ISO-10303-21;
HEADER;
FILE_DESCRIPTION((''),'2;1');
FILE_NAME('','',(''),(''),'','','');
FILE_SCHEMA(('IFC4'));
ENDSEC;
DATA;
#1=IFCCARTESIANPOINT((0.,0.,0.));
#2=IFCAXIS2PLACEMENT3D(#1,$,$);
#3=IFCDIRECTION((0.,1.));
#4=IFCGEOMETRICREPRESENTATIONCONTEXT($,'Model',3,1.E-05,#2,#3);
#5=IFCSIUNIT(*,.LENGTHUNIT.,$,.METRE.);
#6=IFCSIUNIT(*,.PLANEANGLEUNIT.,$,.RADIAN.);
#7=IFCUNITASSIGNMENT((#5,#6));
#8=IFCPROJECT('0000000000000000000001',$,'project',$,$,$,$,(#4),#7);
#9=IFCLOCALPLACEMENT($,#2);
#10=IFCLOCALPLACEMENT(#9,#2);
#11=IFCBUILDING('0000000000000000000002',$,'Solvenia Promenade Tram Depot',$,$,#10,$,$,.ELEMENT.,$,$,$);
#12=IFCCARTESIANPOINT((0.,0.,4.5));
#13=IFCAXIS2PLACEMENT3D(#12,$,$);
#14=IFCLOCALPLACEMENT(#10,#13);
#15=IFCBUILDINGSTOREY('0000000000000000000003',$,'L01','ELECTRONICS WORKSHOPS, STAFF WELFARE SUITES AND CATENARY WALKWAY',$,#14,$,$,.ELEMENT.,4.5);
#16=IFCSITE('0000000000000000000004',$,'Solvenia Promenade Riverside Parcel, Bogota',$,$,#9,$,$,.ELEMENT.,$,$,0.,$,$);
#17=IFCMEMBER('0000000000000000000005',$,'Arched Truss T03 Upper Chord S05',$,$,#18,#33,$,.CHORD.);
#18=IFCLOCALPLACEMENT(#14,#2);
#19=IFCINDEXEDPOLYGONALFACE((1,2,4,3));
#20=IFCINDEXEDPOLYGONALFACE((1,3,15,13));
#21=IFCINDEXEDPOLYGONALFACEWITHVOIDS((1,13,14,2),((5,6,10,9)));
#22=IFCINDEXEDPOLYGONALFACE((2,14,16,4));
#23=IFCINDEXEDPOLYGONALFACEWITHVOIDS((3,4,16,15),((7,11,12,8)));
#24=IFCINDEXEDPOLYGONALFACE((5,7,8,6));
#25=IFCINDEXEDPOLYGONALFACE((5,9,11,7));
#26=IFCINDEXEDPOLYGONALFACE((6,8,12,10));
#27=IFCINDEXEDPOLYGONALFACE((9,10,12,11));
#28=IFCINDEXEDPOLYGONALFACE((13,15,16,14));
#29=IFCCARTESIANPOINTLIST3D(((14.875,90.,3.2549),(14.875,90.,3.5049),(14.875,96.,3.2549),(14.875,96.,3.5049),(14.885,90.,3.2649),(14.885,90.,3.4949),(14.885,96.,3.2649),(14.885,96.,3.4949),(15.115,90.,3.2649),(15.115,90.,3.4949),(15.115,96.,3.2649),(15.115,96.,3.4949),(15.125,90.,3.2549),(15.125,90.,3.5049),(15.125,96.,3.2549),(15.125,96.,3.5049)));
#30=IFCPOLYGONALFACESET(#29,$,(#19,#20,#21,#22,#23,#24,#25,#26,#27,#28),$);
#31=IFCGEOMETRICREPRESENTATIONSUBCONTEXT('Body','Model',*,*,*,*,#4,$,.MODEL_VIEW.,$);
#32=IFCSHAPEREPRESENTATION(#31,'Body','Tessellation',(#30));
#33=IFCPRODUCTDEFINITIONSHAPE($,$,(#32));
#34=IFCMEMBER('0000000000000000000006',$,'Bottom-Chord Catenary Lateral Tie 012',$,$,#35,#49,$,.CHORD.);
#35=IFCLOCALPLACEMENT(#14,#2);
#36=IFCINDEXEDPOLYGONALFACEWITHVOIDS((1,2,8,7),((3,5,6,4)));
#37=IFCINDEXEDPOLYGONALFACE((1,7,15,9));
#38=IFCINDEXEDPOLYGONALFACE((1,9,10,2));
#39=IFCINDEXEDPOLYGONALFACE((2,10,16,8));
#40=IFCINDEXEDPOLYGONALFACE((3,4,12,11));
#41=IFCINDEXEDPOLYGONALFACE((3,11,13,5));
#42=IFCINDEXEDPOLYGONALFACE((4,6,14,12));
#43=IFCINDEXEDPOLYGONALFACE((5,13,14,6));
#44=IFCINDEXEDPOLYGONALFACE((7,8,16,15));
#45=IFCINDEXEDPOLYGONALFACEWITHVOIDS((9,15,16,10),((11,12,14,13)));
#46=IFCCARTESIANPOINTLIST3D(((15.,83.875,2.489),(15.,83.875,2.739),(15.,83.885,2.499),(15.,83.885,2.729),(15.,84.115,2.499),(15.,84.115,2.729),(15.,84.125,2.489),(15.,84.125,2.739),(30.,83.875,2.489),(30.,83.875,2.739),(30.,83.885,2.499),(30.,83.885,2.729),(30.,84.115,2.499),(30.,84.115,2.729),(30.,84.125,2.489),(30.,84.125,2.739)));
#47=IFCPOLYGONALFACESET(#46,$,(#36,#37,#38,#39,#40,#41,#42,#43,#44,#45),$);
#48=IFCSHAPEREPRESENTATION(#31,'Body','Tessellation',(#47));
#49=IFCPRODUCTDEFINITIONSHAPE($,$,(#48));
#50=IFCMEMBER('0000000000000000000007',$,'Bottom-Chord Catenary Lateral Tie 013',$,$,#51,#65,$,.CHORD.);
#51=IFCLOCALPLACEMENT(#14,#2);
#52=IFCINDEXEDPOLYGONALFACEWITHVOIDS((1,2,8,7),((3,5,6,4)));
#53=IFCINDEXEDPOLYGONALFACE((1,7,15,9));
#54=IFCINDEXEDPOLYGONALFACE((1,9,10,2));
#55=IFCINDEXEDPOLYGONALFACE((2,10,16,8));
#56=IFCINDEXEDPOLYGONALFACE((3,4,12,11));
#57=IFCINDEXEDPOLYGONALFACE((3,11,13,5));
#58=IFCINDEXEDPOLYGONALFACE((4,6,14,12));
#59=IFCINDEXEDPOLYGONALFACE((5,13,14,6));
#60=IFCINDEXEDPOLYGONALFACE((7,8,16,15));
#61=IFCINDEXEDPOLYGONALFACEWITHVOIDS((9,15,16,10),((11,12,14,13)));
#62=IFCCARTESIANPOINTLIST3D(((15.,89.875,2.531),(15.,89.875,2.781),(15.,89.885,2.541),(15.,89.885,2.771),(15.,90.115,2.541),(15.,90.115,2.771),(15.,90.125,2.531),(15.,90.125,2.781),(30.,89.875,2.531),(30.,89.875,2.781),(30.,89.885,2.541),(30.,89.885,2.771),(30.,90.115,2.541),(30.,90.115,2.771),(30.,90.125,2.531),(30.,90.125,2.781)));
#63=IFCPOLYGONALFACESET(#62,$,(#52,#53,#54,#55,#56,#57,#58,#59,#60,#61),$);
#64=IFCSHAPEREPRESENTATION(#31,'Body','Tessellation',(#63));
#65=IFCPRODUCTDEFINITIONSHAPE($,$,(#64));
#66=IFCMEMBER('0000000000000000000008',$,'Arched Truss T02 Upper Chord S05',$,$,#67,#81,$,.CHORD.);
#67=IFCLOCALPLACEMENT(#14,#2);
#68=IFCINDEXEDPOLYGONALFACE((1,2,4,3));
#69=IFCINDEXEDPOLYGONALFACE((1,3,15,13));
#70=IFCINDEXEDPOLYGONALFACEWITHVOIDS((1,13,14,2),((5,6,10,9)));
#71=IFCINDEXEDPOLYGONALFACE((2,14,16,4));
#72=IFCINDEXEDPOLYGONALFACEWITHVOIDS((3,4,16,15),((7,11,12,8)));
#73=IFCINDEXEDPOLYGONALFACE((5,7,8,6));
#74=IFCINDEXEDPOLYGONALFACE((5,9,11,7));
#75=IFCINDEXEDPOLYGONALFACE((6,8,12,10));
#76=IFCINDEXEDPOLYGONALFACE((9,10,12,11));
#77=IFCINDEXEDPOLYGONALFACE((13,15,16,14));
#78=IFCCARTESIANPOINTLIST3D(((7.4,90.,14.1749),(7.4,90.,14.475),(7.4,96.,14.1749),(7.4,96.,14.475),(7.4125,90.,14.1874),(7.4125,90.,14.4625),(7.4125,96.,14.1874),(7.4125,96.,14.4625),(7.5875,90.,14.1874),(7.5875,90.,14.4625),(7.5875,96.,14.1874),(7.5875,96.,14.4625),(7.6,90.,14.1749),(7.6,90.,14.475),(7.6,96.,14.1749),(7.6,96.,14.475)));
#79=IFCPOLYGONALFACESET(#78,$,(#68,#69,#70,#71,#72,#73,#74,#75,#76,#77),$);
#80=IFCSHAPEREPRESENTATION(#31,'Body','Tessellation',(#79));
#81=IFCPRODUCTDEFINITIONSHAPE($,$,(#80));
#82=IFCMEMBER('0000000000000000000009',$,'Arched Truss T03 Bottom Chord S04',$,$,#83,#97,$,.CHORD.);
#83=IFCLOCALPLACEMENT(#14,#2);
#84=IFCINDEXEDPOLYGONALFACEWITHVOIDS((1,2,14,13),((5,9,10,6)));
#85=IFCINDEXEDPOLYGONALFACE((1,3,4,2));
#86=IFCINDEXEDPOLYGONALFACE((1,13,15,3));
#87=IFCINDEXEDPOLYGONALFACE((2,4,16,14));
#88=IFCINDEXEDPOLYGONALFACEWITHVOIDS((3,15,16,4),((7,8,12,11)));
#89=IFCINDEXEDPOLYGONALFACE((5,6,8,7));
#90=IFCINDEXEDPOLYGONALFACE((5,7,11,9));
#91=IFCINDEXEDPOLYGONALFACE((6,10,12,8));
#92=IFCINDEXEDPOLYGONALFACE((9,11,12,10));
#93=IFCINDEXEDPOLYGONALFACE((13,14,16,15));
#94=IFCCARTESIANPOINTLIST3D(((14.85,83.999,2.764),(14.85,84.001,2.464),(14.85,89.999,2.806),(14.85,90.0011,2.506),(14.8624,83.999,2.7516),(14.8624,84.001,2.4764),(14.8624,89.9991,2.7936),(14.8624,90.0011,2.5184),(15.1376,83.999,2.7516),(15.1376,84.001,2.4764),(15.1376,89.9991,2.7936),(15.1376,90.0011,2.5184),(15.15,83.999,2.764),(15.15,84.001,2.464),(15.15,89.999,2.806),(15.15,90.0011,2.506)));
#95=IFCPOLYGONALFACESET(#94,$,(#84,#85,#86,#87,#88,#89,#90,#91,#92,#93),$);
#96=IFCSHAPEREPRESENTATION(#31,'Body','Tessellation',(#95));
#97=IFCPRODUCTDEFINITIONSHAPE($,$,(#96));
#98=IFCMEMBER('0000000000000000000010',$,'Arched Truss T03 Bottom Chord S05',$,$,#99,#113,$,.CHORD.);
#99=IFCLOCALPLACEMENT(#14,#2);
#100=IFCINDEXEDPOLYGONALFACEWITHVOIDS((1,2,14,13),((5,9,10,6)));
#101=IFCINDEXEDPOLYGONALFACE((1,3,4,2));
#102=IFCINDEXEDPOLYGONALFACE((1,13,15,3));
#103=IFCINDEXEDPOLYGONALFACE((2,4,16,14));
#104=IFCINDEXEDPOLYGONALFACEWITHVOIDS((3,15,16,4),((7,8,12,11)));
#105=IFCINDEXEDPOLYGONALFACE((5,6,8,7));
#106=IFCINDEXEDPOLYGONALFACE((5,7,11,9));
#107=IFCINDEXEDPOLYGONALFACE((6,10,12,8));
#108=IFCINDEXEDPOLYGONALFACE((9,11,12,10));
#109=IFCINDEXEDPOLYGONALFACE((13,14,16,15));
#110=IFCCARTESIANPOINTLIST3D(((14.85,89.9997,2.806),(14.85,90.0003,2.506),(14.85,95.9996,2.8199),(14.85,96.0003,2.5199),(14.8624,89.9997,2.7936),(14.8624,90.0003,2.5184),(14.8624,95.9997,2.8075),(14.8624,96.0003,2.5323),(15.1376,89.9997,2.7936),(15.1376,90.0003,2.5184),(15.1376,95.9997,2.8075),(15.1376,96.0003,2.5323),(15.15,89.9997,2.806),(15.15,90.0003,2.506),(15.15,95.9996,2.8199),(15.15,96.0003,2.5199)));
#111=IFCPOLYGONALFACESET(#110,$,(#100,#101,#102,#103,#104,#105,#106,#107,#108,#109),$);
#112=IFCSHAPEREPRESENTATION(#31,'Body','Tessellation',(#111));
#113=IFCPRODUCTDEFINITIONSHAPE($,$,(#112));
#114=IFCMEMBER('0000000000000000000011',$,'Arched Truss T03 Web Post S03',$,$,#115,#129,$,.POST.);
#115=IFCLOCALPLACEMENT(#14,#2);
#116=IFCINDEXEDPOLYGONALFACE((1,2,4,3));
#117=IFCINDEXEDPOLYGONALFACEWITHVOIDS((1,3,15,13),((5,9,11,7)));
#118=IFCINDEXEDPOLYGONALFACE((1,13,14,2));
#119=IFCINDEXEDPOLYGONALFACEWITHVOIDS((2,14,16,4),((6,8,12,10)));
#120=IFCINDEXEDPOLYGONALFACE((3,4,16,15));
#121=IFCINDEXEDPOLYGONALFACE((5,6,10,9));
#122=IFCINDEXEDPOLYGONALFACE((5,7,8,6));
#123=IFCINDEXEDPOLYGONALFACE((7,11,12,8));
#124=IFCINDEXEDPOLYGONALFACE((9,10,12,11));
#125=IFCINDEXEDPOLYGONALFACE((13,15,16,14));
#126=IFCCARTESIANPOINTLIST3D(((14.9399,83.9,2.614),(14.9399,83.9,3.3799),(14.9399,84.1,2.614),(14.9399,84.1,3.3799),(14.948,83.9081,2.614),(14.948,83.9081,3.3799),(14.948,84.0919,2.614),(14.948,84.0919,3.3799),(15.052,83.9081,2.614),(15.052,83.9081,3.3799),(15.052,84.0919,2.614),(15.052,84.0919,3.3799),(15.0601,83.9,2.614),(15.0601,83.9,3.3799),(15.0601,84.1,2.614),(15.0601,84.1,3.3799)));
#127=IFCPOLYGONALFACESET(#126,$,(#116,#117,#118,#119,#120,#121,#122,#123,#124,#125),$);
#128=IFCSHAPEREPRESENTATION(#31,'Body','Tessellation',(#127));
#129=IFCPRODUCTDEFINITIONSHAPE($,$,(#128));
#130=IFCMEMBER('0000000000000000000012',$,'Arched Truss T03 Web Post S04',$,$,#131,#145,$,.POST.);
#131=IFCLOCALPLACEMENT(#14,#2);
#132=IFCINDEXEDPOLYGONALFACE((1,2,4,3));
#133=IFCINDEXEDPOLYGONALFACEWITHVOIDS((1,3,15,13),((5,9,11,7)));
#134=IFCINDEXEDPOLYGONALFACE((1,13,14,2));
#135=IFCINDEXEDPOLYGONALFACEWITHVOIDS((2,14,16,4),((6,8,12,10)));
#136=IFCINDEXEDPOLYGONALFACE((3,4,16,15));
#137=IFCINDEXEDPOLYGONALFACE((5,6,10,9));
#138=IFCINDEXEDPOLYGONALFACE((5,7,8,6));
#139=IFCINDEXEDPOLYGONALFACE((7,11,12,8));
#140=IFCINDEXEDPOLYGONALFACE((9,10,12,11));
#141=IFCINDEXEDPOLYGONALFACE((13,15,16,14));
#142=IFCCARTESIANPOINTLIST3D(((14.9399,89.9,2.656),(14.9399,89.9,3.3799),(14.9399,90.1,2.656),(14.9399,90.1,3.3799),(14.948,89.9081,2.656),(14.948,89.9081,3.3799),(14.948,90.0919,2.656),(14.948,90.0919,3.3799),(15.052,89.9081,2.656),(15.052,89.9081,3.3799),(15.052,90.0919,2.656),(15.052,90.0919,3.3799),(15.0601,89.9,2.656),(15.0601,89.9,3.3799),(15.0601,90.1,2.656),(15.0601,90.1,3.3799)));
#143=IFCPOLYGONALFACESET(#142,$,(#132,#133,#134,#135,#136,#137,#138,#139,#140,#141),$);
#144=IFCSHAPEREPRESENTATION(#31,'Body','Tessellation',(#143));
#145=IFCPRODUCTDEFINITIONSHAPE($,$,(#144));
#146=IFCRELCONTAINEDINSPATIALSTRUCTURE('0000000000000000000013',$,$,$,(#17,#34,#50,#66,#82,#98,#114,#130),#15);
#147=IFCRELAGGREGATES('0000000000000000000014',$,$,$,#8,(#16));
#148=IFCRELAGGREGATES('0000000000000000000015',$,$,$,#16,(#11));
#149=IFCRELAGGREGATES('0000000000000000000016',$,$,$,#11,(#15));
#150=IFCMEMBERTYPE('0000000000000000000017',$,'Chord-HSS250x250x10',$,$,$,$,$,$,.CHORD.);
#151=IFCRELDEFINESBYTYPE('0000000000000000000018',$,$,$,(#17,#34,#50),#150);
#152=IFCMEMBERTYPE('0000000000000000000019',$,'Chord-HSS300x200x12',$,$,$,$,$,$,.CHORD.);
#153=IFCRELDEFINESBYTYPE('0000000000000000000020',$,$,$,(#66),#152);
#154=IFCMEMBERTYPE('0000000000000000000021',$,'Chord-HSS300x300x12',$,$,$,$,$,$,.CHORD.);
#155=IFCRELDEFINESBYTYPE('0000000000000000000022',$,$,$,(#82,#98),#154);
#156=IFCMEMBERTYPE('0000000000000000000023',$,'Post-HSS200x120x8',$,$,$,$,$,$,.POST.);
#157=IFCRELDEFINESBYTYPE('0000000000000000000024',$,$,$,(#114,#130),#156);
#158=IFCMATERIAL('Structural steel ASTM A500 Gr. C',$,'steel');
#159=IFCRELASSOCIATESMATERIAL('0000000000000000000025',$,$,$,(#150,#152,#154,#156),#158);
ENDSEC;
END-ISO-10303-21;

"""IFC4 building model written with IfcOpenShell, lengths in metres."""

from ifc_helpers import new_model, si_unit, direction, frame, origin, origin_2d, place, context, subcontext, project, spatial, hollow_rectangle, extrude, material, material_profile, profile_set, type_object, element, save


model = new_model("IFC4")

# Units and contexts
model_context = context("Model", 3, precision=1e-05, world=origin(), true_north=direction((0.0, 1.0)))
body_context = subcontext(model_context, "Body", "Model", "MODEL_VIEW")
ifc_project = project(units=[si_unit("LENGTHUNIT", "METRE"), si_unit("PLANEANGLEUNIT", "RADIAN")], contexts=[model_context])

# Site, building, storey
site_placement = place(None, origin())
site = spatial("IfcSite", under=ifc_project, at=site_placement, Name="Solvenia Promenade Riverside Parcel, Bogota", CompositionType="ELEMENT", RefElevation=0.0)
building_placement = place(site_placement, origin())
building = spatial("IfcBuilding", under=site, at=building_placement, Name="Solvenia Promenade Tram Depot", CompositionType="ELEMENT")
storey_placement = place(building_placement, frame((0.0, 0.0, 4.5)))
storey = spatial("IfcBuildingStorey", under=building, at=storey_placement, Name="L01", Description="ELECTRONICS WORKSHOPS, STAFF WELFARE SUITES AND CATENARY WALKWAY", CompositionType="ELEMENT", Elevation=4.5)

# Members
ifc_material_1 = material(Name="Structural steel ASTM A500 Gr. C", Category="steel")
ifc_material_profile_1 = material_profile(ifc_material_1, hollow_rectangle(XDim=0.25, YDim=0.25, WallThickness=0.01, at=origin_2d()), Name="HSS250x250x10", Category="steel")
ifc_profile_set_1 = profile_set([ifc_material_profile_1], Name="Structural steel ASTM A500 Gr. C")
member_type_1 = type_object("IfcMemberType", Name="Chord-HSS250x250x10", PredefinedType="CHORD", material=ifc_profile_set_1)
for number, where, z_axis, x_axis, name in (
    (1, (15.0, 90.0, 3.3799), (0.0, 1.0, 0.0), (-1.0, 0.0, 0.0), "Arched Truss T03 Upper Chord S05"),
):
    element("IfcMember", number, at=place(storey_placement, frame(where, z_axis=z_axis, x_axis=x_axis)), inside=storey, type_object=member_type_1, Name=name, PredefinedType="CHORD", context=body_context, shape_type="SweptSolid", body=[
        extrude(hollow_rectangle(XDim=0.25, YDim=0.25, WallThickness=0.01, at=origin_2d()), origin(), (0.0, 0.0, 1.0), 6.0),
    ])
for number, where, z_axis, x_axis, name in (
    (2, (15.0, 84.0, 2.614), (1.0, 0.0, 0.0), (0.0, 1.0, 0.0), "Bottom-Chord Catenary Lateral Tie 012"),
    (3, (15.0, 90.0, 2.656), (1.0, 0.0, 0.0), (0.0, 1.0, 0.0), "Bottom-Chord Catenary Lateral Tie 013"),
):
    element("IfcMember", number, at=place(storey_placement, frame(where, z_axis=z_axis, x_axis=x_axis)), inside=storey, type_object=member_type_1, Name=name, PredefinedType="CHORD", context=body_context, shape_type="SweptSolid", body=[
        extrude(hollow_rectangle(XDim=0.25, YDim=0.25, WallThickness=0.01, at=origin_2d()), origin(), (0.0, 0.0, 1.0), 15.0),
    ])
ifc_material_profile_2 = material_profile(ifc_material_1, hollow_rectangle(XDim=0.2, YDim=0.3, WallThickness=0.0125, at=origin_2d()), Name="HSS300x200x12.5", Category="steel")
ifc_profile_set_2 = profile_set([ifc_material_profile_2], Name="Structural steel ASTM A500 Gr. C")
member_type_2 = type_object("IfcMemberType", Name="Chord-HSS300x200x12", PredefinedType="CHORD", material=ifc_profile_set_2)
member_1_placement = place(storey_placement, frame((7.5, 90.0, 14.325), z_axis=(0.0, 1.0, 0.0), x_axis=(-1.0, 0.0, 0.0)))
element("IfcMember", 4, at=member_1_placement, inside=storey, type_object=member_type_2, Name="Arched Truss T02 Upper Chord S05", PredefinedType="CHORD", context=body_context, shape_type="SweptSolid", body=[
    extrude(hollow_rectangle(XDim=0.2, YDim=0.3, WallThickness=0.0125, at=origin_2d()), origin(), (0.0, 0.0, 1.0), 6.0),
])
ifc_material_profile_3 = material_profile(ifc_material_1, hollow_rectangle(XDim=0.3, YDim=0.3, WallThickness=0.0125, at=origin_2d()), Name="HSS300x300x12.5", Category="steel")
ifc_profile_set_3 = profile_set([ifc_material_profile_3], Name="Structural steel ASTM A500 Gr. C")
member_type_3 = type_object("IfcMemberType", Name="Chord-HSS300x300x12", PredefinedType="CHORD", material=ifc_profile_set_3)
member_2_placement = place(storey_placement, frame((15.0, 84.0, 2.614), z_axis=(0.0, 0.999976, 0.006999), x_axis=(-1.0, 0.0, 0.0)))
element("IfcMember", 5, at=member_2_placement, inside=storey, type_object=member_type_3, Name="Arched Truss T03 Bottom Chord S04", PredefinedType="CHORD", context=body_context, shape_type="SweptSolid", body=[
    extrude(hollow_rectangle(XDim=0.3, YDim=0.3, WallThickness=0.0125, at=origin_2d()), origin(), (0.0, 0.0, 1.0), 6.0002),
])
member_3_placement = place(storey_placement, frame((15.0, 90.0, 2.656), z_axis=(0.0, 0.999997, 0.002319), x_axis=(-1.0, 0.0, 0.0)))
element("IfcMember", 6, at=member_3_placement, inside=storey, type_object=member_type_3, Name="Arched Truss T03 Bottom Chord S05", PredefinedType="CHORD", context=body_context, shape_type="SweptSolid", body=[
    extrude(hollow_rectangle(XDim=0.3, YDim=0.3, WallThickness=0.0125, at=origin_2d()), origin(), (0.0, 0.0, 1.0), 6.0),
])
ifc_material_profile_4 = material_profile(ifc_material_1, hollow_rectangle(XDim=0.1201, YDim=0.2, WallThickness=0.0081, at=origin_2d()), Name="HSS200x120x8", Category="steel")
ifc_profile_set_4 = profile_set([ifc_material_profile_4], Name="Structural steel ASTM A500 Gr. C")
member_type_4 = type_object("IfcMemberType", Name="Post-HSS200x120x8", PredefinedType="POST", material=ifc_profile_set_4)
member_4_placement = place(storey_placement, frame((15.0, 84.0, 2.614), z_axis=(0.0, 0.0, 1.0), x_axis=(1.0, 0.0, 0.0)))
element("IfcMember", 7, at=member_4_placement, inside=storey, type_object=member_type_4, Name="Arched Truss T03 Web Post S03", PredefinedType="POST", context=body_context, shape_type="SweptSolid", body=[
    extrude(hollow_rectangle(XDim=0.1201, YDim=0.2, WallThickness=0.0081, at=origin_2d()), origin(), (0.0, 0.0, 1.0), 0.7659),
])
member_5_placement = place(storey_placement, frame((15.0, 90.0, 2.656), z_axis=(0.0, 0.0, 1.0), x_axis=(1.0, 0.0, 0.0)))
element("IfcMember", 8, at=member_5_placement, inside=storey, type_object=member_type_4, Name="Arched Truss T03 Web Post S04", PredefinedType="POST", context=body_context, shape_type="SweptSolid", body=[
    extrude(hollow_rectangle(XDim=0.1201, YDim=0.2, WallThickness=0.0081, at=origin_2d()), origin(), (0.0, 0.0, 1.0), 0.7239),
])

save(model, "model.ifc")
